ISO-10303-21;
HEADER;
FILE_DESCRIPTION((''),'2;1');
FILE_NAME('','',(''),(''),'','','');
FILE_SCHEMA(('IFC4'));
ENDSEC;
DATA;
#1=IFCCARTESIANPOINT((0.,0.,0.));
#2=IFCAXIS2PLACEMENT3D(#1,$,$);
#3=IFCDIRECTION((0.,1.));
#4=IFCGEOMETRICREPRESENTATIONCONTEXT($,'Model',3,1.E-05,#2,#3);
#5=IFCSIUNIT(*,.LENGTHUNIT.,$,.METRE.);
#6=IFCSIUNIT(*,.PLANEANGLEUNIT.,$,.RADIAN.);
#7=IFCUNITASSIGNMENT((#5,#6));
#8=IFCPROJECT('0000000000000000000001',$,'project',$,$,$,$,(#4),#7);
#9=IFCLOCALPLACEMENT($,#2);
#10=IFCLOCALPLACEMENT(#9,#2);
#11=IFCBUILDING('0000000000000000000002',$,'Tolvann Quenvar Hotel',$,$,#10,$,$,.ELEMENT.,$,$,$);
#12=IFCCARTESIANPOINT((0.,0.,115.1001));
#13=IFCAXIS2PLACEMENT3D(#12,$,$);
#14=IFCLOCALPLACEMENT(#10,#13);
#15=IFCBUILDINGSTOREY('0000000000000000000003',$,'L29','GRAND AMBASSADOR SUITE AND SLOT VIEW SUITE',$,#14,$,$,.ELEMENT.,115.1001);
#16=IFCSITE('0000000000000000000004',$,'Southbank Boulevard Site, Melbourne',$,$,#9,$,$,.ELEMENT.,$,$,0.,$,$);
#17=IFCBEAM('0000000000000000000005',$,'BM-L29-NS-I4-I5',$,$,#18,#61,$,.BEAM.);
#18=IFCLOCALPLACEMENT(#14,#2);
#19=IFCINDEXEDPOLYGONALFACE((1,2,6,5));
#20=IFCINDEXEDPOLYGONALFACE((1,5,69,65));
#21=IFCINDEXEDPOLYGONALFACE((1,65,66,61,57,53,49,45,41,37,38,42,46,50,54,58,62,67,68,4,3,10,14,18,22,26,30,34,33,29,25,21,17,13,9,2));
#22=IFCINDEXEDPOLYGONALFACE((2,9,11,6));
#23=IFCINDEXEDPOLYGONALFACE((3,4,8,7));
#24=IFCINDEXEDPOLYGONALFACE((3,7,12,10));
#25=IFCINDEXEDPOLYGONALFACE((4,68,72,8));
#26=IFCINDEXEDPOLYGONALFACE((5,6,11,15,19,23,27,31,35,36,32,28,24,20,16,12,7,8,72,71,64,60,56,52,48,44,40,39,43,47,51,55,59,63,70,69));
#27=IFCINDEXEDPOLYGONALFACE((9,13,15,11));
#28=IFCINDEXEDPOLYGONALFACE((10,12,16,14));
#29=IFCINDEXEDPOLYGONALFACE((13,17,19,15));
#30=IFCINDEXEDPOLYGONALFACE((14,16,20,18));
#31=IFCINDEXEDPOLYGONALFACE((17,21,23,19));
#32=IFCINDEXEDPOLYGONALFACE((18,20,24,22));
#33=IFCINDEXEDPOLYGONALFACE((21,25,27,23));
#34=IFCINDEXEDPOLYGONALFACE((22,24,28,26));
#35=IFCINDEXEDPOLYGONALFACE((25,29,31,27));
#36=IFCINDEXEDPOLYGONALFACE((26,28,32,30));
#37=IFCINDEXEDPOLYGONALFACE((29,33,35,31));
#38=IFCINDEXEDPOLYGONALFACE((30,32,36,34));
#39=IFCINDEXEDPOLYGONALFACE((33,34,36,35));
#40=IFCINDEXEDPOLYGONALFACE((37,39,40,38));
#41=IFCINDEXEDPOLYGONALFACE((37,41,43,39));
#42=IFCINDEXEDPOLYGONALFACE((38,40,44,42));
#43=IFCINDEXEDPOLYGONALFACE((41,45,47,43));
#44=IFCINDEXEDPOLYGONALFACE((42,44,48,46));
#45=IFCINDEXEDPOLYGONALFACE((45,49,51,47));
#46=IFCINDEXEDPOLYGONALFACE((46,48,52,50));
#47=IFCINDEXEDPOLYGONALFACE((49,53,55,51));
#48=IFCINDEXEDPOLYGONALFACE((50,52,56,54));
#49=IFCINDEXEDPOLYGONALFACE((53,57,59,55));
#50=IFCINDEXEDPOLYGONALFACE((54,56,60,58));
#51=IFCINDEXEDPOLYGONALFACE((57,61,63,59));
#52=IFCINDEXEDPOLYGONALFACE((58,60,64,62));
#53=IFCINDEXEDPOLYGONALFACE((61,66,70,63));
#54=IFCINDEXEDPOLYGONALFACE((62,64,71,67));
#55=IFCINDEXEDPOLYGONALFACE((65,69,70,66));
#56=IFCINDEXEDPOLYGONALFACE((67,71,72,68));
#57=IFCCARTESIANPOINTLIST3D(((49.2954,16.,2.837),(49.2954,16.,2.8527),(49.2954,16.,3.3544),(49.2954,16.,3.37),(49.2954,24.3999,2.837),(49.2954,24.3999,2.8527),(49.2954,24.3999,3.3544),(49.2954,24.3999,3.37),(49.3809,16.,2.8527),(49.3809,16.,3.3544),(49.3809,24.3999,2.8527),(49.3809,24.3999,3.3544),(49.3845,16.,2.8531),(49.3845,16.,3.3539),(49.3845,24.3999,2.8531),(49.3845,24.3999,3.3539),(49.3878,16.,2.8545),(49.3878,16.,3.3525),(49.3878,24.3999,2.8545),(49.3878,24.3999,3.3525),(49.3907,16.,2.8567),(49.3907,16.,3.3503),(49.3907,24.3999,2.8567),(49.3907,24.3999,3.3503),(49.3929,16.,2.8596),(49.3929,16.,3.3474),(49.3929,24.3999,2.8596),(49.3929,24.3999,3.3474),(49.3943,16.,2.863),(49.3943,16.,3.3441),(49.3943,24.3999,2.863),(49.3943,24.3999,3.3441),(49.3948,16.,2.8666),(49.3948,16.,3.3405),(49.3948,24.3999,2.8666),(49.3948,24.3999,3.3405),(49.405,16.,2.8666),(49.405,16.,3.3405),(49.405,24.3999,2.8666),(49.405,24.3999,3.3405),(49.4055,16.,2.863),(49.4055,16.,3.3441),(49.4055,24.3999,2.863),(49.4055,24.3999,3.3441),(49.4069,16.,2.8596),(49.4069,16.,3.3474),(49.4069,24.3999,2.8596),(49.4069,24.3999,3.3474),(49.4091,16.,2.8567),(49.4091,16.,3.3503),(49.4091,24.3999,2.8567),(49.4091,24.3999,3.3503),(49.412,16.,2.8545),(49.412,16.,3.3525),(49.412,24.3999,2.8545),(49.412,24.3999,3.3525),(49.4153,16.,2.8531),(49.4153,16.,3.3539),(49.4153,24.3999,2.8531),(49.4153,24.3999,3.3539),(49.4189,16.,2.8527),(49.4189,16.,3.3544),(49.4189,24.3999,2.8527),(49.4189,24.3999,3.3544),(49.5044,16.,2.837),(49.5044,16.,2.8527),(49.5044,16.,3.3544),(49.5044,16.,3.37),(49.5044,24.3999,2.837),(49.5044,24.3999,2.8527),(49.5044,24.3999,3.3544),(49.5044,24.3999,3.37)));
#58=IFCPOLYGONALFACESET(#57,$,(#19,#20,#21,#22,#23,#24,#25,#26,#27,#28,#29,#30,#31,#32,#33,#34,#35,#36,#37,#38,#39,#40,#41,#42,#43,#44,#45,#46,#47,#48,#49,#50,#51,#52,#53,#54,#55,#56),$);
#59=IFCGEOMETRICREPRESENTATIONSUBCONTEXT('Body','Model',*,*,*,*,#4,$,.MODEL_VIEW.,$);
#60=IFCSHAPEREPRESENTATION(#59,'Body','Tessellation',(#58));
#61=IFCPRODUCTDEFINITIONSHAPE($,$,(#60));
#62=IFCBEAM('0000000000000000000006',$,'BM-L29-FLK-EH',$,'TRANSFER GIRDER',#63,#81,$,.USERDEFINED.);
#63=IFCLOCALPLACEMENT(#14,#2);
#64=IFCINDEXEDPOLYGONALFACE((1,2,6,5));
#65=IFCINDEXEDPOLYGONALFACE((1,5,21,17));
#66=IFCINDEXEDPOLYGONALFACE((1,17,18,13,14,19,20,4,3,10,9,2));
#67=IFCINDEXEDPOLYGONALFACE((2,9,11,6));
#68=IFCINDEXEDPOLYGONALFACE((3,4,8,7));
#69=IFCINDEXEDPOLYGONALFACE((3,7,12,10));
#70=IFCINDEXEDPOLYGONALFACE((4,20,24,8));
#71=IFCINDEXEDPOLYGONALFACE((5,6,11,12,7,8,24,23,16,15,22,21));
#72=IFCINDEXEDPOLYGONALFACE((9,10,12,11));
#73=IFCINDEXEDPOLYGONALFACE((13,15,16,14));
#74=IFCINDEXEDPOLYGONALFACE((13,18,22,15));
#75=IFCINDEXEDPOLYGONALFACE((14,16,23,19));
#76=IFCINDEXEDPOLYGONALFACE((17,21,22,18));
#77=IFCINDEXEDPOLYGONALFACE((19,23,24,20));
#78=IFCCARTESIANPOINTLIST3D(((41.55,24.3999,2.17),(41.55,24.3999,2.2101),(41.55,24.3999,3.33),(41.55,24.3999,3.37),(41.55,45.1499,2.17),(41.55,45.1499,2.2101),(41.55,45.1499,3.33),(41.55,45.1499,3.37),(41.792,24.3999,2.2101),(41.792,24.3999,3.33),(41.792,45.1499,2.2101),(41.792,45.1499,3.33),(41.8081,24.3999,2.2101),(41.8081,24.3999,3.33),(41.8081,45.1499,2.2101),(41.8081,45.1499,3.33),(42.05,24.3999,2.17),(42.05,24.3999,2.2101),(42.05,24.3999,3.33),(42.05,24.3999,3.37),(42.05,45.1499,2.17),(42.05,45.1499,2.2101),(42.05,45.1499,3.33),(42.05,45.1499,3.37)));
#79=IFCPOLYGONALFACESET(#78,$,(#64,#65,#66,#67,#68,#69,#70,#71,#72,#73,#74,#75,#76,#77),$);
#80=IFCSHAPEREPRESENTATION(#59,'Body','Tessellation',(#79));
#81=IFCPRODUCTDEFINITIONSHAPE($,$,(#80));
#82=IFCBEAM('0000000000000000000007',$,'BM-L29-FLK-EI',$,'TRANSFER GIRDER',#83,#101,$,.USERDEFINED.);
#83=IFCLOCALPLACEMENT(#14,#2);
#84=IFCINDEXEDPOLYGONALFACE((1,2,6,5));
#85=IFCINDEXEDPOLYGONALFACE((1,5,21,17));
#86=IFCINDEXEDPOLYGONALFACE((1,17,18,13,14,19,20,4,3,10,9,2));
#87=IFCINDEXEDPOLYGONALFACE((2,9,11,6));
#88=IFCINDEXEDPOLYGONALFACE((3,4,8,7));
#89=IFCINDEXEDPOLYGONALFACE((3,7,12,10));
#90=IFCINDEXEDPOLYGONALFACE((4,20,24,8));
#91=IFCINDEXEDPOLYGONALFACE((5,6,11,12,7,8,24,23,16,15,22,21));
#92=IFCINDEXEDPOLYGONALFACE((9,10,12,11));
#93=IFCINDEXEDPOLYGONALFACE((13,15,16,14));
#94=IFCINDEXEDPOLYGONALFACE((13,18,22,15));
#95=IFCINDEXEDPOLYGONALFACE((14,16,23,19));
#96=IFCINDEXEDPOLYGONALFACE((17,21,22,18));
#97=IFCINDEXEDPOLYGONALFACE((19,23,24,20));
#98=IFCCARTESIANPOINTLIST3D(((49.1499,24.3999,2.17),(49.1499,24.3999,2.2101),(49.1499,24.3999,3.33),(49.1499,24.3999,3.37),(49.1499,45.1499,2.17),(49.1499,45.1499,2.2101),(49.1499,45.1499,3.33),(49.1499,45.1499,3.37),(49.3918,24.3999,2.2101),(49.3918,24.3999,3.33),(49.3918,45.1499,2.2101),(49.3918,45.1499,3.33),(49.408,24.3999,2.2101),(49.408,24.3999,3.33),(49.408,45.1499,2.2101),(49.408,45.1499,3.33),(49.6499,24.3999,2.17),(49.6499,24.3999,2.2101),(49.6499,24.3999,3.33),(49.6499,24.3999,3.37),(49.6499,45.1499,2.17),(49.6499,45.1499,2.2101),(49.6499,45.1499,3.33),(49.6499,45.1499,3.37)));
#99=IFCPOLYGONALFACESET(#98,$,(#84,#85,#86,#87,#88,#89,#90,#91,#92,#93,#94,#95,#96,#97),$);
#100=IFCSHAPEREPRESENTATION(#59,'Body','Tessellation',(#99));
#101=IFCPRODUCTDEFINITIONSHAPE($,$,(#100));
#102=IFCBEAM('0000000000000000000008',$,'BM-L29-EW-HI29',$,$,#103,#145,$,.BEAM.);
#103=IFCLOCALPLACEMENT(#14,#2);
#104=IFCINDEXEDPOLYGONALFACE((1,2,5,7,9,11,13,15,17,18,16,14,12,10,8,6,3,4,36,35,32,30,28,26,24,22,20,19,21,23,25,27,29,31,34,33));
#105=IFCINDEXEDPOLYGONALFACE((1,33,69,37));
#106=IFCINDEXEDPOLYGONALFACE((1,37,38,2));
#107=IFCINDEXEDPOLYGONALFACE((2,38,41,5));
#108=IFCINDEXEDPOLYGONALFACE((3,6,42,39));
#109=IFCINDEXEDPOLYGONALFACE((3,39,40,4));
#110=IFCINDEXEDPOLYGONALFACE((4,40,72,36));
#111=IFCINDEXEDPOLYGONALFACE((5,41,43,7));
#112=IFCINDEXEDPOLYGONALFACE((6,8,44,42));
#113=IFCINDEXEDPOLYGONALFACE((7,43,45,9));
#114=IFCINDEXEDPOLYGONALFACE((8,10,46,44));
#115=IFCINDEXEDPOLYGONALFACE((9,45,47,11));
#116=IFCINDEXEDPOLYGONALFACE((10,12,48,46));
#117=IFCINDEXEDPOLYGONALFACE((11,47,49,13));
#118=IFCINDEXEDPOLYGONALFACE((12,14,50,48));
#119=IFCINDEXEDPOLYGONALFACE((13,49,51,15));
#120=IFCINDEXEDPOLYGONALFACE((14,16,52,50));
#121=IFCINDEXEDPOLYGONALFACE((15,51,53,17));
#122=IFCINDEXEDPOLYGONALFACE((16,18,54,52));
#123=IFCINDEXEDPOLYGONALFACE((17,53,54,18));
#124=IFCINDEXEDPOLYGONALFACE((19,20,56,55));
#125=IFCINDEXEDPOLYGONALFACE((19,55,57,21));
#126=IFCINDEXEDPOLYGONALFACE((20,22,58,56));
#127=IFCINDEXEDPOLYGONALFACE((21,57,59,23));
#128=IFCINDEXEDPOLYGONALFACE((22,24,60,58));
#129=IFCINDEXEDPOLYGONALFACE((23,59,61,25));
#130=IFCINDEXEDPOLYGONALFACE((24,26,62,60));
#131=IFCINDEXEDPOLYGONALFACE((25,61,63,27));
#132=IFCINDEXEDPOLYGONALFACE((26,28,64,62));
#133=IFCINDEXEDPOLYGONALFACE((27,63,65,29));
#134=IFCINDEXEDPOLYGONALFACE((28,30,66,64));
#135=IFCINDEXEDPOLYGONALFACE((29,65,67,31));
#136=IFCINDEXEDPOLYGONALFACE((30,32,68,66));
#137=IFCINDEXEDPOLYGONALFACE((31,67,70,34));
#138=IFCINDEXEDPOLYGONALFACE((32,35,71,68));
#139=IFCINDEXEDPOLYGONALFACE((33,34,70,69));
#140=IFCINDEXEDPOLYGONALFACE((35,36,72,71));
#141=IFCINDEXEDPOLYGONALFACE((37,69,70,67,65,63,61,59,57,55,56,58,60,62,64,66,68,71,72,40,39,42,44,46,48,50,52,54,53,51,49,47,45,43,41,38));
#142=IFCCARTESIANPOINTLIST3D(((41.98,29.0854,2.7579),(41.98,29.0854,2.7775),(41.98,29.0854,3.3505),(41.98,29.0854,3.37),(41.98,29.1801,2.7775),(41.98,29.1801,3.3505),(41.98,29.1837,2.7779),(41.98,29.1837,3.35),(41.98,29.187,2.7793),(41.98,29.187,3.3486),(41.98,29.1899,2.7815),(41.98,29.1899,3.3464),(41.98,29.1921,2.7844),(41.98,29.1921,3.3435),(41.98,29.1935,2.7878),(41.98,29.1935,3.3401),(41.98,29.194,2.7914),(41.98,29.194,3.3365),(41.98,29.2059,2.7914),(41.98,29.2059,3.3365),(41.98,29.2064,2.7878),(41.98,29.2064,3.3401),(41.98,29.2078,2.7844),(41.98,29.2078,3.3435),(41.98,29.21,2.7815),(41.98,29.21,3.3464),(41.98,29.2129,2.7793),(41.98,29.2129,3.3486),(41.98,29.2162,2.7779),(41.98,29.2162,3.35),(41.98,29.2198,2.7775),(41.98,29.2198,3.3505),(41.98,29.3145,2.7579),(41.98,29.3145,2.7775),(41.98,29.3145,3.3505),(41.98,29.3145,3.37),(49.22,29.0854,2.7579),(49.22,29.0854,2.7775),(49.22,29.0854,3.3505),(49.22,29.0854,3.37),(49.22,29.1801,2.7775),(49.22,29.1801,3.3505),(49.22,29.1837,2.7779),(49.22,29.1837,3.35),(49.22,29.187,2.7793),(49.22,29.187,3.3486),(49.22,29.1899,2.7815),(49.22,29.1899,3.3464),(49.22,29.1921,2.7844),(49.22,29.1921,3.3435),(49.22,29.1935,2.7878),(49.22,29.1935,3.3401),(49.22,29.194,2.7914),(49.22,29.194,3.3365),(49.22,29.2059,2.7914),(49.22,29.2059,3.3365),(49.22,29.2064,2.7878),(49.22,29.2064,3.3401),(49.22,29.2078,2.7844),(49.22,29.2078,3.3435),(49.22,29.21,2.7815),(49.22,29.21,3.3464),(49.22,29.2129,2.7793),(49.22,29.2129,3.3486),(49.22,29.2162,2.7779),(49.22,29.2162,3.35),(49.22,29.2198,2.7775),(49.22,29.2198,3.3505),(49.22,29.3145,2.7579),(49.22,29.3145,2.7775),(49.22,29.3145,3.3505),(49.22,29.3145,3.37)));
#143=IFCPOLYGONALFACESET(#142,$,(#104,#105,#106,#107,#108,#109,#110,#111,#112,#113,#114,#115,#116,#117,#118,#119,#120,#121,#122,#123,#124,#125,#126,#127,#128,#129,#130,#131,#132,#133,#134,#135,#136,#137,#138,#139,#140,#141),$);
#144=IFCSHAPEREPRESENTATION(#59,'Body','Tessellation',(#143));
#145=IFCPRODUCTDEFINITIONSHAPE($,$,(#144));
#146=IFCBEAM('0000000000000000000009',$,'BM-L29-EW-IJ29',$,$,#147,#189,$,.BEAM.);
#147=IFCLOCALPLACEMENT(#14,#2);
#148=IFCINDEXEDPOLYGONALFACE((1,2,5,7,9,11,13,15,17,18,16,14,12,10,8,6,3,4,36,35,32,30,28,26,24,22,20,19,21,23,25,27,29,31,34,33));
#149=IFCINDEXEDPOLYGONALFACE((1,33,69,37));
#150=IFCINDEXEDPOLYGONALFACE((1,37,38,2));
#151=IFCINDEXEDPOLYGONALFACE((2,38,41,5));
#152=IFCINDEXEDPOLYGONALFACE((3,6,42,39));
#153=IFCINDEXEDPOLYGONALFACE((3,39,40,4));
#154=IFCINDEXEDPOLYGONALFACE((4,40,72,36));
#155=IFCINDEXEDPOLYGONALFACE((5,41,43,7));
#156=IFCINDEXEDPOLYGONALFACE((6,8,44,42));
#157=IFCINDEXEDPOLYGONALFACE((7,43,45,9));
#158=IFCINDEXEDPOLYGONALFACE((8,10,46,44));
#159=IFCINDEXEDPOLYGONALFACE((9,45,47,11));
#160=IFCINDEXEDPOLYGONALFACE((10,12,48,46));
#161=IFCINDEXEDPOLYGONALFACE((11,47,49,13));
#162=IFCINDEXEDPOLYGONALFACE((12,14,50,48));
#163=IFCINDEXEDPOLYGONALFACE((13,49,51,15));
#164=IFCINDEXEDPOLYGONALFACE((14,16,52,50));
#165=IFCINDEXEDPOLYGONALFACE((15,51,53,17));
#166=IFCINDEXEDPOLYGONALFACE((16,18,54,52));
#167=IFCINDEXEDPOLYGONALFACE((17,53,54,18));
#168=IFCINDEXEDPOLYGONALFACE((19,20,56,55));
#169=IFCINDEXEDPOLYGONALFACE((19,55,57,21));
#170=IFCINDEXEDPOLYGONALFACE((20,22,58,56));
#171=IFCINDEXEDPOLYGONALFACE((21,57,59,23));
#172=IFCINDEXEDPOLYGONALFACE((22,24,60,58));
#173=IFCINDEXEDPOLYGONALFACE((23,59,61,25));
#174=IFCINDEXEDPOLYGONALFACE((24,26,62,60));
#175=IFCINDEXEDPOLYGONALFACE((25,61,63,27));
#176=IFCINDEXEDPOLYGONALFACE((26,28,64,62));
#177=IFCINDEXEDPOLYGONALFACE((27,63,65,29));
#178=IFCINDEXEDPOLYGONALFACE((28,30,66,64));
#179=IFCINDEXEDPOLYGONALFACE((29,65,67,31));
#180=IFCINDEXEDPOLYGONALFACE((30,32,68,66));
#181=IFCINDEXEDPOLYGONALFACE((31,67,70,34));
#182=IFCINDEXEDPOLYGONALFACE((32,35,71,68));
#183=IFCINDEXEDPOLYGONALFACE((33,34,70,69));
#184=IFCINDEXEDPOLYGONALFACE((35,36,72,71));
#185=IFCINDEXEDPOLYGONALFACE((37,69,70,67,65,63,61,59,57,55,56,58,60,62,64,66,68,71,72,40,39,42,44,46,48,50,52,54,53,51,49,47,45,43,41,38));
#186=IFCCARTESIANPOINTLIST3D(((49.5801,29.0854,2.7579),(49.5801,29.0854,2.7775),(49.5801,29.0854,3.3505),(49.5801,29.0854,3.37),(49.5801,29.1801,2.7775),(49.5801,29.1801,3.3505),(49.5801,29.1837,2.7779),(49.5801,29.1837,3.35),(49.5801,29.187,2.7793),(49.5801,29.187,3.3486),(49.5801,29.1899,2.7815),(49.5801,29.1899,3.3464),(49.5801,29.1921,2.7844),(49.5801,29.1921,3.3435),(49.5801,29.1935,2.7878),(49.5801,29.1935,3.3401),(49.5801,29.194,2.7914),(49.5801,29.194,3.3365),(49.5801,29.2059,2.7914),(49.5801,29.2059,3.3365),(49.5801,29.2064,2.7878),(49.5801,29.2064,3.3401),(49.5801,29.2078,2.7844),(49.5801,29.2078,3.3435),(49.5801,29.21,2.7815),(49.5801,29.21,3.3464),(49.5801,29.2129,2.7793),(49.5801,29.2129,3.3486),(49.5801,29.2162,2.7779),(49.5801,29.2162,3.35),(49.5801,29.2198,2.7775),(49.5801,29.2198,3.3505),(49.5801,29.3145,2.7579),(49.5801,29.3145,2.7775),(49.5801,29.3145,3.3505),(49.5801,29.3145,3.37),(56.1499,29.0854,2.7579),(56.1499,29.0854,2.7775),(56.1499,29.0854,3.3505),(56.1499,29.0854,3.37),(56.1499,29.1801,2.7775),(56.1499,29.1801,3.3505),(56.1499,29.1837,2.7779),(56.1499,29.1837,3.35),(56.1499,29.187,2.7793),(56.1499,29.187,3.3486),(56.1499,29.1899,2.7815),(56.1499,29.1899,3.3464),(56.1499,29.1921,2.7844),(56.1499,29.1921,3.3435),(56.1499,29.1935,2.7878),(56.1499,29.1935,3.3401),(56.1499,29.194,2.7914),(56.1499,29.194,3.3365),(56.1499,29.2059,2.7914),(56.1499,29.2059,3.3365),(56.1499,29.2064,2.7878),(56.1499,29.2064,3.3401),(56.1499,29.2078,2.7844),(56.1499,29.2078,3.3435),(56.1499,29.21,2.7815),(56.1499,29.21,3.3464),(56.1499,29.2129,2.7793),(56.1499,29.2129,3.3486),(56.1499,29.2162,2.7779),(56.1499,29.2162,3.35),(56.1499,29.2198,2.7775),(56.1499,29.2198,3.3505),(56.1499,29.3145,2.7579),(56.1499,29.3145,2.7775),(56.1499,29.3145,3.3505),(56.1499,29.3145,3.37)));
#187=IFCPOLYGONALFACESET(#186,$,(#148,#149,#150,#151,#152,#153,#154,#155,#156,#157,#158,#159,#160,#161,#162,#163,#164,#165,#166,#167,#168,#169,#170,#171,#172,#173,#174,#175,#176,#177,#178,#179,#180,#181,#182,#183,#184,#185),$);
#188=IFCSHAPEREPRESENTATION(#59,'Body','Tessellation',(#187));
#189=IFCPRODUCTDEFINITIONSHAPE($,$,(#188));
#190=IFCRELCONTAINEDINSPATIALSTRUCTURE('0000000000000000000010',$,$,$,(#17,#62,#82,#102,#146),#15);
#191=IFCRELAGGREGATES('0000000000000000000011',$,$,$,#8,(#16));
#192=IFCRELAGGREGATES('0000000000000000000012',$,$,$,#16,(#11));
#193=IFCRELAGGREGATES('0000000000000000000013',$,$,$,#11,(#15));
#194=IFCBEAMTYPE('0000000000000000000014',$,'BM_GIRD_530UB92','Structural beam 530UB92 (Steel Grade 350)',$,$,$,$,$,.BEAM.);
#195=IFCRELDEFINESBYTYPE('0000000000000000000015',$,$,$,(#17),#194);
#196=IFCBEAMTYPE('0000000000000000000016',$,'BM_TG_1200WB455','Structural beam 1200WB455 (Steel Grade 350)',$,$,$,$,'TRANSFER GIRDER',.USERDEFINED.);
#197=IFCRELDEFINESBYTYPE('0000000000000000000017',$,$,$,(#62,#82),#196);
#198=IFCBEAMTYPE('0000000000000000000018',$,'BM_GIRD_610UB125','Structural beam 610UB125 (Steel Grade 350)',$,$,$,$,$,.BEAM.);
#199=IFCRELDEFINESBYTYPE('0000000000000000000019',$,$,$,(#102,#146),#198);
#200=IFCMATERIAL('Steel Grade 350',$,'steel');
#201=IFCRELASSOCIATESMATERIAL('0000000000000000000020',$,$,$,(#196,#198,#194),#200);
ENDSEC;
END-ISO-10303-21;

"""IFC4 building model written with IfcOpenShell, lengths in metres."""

from ifc_helpers import new_model, si_unit, direction, frame, origin, origin_2d, place, context, subcontext, project, spatial, i_section, extrude, source, transform, mapped, material, material_profile, profile_set, type_object, type_shapes, element, save


model = new_model("IFC4")

# Units and contexts
model_context = context("Model", 3, precision=1e-05, world=origin(), true_north=direction((0.0, 1.0)))
body_context = subcontext(model_context, "Body", "Model", "MODEL_VIEW")
ifc_project = project(units=[si_unit("LENGTHUNIT", "METRE"), si_unit("PLANEANGLEUNIT", "RADIAN")], contexts=[model_context])

# Site, building, storey
site_placement = place(None, origin())
site = spatial("IfcSite", under=ifc_project, at=site_placement, Name="Southbank Boulevard Site, Melbourne", CompositionType="ELEMENT", RefElevation=0.0)
building_placement = place(site_placement, origin())
building = spatial("IfcBuilding", under=site, at=building_placement, Name="Tolvann Quenvar Hotel", CompositionType="ELEMENT")
storey_placement = place(building_placement, frame((0.0, 0.0, 115.1001)))
storey = spatial("IfcBuildingStorey", under=building, at=storey_placement, Name="L29", Description="GRAND AMBASSADOR SUITE AND SLOT VIEW SUITE", CompositionType="ELEMENT", Elevation=115.1001)

# Shared definitions
ifc_material_1 = material(Name="Steel Grade 350", Category="steel")

# Beams
ifc_material_profile_1 = material_profile(ifc_material_1, i_section(OverallWidth=0.5, OverallDepth=1.2, WebThickness=0.0161, FlangeThickness=0.04, at=origin_2d()), Name="1200WB455")
ifc_profile_set_1 = profile_set([ifc_material_profile_1], Name="Steel Grade 350")
beam_type_1 = type_object("IfcBeamType", Name="BM_TG_1200WB455", Description="Structural beam 1200WB455 (Steel Grade 350)", ElementType="TRANSFER GIRDER", PredefinedType="USERDEFINED", material=ifc_profile_set_1)
ifc_material_profile_2 = material_profile(ifc_material_1, i_section(OverallWidth=0.229, OverallDepth=0.6121, WebThickness=0.012, FlangeThickness=0.0195, FilletRadius=0.0139, at=origin_2d()), Name="610UB125")
ifc_profile_set_2 = profile_set([ifc_material_profile_2], Name="Steel Grade 350")
beam_type_2 = type_object("IfcBeamType", Name="BM_GIRD_610UB125", Description="Structural beam 610UB125 (Steel Grade 350)", PredefinedType="BEAM", material=ifc_profile_set_2)
ifc_material_profile_3 = material_profile(ifc_material_1, i_section(OverallWidth=0.209, OverallDepth=0.533, WebThickness=0.0103, FlangeThickness=0.0156, FilletRadius=0.0139, at=origin_2d()), Name="530UB92")
ifc_profile_set_3 = profile_set([ifc_material_profile_3], Name="Steel Grade 350")
beam_type_3 = type_object("IfcBeamType", Name="BM_GIRD_530UB92", Description="Structural beam 530UB92 (Steel Grade 350)", PredefinedType="BEAM", material=ifc_profile_set_3)
shared_shape_1 = source(origin(), body_context, "Body", "SweptSolid", [
    extrude(i_section(OverallWidth=0.209, OverallDepth=0.533, WebThickness=0.0103, FlangeThickness=0.0156, FilletRadius=0.0139, at=origin_2d()), origin(), (0.0, 0.0, 1.0), 8.3999),
])
type_shapes(beam_type_3, [shared_shape_1])
beam_1_placement = place(storey_placement, frame((49.3999, 16.0, 3.1035), z_axis=(0.0, 1.0, 0.0), x_axis=(-1.0, 0.0, 0.0)))
element("IfcBeam", 1, at=beam_1_placement, inside=storey, type_object=beam_type_3, Name="BM-L29-NS-I4-I5", PredefinedType="BEAM", context=body_context, shape_type="MappedRepresentation", body=[
    mapped(shared_shape_1, transform((0.0, 0.0, 0.0), x_axis=(1.0, 0.0, 0.0), y_axis=(0.0, 1.0, 0.0), z_axis=(0.0, 0.0, 1.0), scale=1.0)),
])
shared_shape_2 = source(origin(), body_context, "Body", "SweptSolid", [
    extrude(i_section(OverallWidth=0.5, OverallDepth=1.2, WebThickness=0.0161, FlangeThickness=0.04, at=origin_2d()), origin(), (0.0, 0.0, 1.0), 20.75),
])
for number, where, z_axis, x_axis, name in (
    (2, (41.8, 24.3999, 2.77), (0.0, 1.0, 0.0), (-1.0, 0.0, 0.0), "BM-L29-FLK-EH"),
    (3, (49.3999, 24.3999, 2.77), (0.0, 1.0, 0.0), (-1.0, 0.0, 0.0), "BM-L29-FLK-EI"),
):
    element("IfcBeam", number, at=place(storey_placement, frame(where, z_axis=z_axis, x_axis=x_axis)), inside=storey, type_object=beam_type_1, Name=name, ObjectType="TRANSFER GIRDER", PredefinedType="USERDEFINED", context=body_context, shape_type="MappedRepresentation", body=[
        mapped(shared_shape_2, transform((0.0, 0.0, 0.0), x_axis=(1.0, 0.0, 0.0), y_axis=(0.0, 1.0, 0.0), z_axis=(0.0, 0.0, 1.0), scale=1.0)),
    ])
shared_shape_3 = source(origin(), body_context, "Body", "SweptSolid", [
    extrude(i_section(OverallWidth=0.229, OverallDepth=0.6121, WebThickness=0.012, FlangeThickness=0.0195, FilletRadius=0.0139, at=origin_2d()), origin(), (0.0, 0.0, 1.0), 7.24),
])
beam_2_placement = place(storey_placement, frame((41.98, 29.2, 3.064), z_axis=(1.0, 0.0, 0.0), x_axis=(0.0, 1.0, 0.0)))
element("IfcBeam", 4, at=beam_2_placement, inside=storey, type_object=beam_type_2, Name="BM-L29-EW-HI29", PredefinedType="BEAM", context=body_context, shape_type="MappedRepresentation", body=[
    mapped(shared_shape_3, transform((0.0, 0.0, 0.0), x_axis=(1.0, 0.0, 0.0), y_axis=(0.0, 1.0, 0.0), z_axis=(0.0, 0.0, 1.0), scale=1.0)),
])
shared_shape_4 = source(origin(), body_context, "Body", "SweptSolid", [
    extrude(i_section(OverallWidth=0.229, OverallDepth=0.6121, WebThickness=0.012, FlangeThickness=0.0195, FilletRadius=0.0139, at=origin_2d()), origin(), (0.0, 0.0, 1.0), 6.5698),
])
beam_3_placement = place(storey_placement, frame((49.5801, 29.2, 3.064), z_axis=(1.0, 0.0, 0.0), x_axis=(0.0, 1.0, 0.0)))
element("IfcBeam", 5, at=beam_3_placement, inside=storey, type_object=beam_type_2, Name="BM-L29-EW-IJ29", PredefinedType="BEAM", context=body_context, shape_type="MappedRepresentation", body=[
    mapped(shared_shape_4, transform((0.0, 0.0, 0.0), x_axis=(1.0, 0.0, 0.0), y_axis=(0.0, 1.0, 0.0), z_axis=(0.0, 0.0, 1.0), scale=1.0)),
])

save(model, "model.ifc")
